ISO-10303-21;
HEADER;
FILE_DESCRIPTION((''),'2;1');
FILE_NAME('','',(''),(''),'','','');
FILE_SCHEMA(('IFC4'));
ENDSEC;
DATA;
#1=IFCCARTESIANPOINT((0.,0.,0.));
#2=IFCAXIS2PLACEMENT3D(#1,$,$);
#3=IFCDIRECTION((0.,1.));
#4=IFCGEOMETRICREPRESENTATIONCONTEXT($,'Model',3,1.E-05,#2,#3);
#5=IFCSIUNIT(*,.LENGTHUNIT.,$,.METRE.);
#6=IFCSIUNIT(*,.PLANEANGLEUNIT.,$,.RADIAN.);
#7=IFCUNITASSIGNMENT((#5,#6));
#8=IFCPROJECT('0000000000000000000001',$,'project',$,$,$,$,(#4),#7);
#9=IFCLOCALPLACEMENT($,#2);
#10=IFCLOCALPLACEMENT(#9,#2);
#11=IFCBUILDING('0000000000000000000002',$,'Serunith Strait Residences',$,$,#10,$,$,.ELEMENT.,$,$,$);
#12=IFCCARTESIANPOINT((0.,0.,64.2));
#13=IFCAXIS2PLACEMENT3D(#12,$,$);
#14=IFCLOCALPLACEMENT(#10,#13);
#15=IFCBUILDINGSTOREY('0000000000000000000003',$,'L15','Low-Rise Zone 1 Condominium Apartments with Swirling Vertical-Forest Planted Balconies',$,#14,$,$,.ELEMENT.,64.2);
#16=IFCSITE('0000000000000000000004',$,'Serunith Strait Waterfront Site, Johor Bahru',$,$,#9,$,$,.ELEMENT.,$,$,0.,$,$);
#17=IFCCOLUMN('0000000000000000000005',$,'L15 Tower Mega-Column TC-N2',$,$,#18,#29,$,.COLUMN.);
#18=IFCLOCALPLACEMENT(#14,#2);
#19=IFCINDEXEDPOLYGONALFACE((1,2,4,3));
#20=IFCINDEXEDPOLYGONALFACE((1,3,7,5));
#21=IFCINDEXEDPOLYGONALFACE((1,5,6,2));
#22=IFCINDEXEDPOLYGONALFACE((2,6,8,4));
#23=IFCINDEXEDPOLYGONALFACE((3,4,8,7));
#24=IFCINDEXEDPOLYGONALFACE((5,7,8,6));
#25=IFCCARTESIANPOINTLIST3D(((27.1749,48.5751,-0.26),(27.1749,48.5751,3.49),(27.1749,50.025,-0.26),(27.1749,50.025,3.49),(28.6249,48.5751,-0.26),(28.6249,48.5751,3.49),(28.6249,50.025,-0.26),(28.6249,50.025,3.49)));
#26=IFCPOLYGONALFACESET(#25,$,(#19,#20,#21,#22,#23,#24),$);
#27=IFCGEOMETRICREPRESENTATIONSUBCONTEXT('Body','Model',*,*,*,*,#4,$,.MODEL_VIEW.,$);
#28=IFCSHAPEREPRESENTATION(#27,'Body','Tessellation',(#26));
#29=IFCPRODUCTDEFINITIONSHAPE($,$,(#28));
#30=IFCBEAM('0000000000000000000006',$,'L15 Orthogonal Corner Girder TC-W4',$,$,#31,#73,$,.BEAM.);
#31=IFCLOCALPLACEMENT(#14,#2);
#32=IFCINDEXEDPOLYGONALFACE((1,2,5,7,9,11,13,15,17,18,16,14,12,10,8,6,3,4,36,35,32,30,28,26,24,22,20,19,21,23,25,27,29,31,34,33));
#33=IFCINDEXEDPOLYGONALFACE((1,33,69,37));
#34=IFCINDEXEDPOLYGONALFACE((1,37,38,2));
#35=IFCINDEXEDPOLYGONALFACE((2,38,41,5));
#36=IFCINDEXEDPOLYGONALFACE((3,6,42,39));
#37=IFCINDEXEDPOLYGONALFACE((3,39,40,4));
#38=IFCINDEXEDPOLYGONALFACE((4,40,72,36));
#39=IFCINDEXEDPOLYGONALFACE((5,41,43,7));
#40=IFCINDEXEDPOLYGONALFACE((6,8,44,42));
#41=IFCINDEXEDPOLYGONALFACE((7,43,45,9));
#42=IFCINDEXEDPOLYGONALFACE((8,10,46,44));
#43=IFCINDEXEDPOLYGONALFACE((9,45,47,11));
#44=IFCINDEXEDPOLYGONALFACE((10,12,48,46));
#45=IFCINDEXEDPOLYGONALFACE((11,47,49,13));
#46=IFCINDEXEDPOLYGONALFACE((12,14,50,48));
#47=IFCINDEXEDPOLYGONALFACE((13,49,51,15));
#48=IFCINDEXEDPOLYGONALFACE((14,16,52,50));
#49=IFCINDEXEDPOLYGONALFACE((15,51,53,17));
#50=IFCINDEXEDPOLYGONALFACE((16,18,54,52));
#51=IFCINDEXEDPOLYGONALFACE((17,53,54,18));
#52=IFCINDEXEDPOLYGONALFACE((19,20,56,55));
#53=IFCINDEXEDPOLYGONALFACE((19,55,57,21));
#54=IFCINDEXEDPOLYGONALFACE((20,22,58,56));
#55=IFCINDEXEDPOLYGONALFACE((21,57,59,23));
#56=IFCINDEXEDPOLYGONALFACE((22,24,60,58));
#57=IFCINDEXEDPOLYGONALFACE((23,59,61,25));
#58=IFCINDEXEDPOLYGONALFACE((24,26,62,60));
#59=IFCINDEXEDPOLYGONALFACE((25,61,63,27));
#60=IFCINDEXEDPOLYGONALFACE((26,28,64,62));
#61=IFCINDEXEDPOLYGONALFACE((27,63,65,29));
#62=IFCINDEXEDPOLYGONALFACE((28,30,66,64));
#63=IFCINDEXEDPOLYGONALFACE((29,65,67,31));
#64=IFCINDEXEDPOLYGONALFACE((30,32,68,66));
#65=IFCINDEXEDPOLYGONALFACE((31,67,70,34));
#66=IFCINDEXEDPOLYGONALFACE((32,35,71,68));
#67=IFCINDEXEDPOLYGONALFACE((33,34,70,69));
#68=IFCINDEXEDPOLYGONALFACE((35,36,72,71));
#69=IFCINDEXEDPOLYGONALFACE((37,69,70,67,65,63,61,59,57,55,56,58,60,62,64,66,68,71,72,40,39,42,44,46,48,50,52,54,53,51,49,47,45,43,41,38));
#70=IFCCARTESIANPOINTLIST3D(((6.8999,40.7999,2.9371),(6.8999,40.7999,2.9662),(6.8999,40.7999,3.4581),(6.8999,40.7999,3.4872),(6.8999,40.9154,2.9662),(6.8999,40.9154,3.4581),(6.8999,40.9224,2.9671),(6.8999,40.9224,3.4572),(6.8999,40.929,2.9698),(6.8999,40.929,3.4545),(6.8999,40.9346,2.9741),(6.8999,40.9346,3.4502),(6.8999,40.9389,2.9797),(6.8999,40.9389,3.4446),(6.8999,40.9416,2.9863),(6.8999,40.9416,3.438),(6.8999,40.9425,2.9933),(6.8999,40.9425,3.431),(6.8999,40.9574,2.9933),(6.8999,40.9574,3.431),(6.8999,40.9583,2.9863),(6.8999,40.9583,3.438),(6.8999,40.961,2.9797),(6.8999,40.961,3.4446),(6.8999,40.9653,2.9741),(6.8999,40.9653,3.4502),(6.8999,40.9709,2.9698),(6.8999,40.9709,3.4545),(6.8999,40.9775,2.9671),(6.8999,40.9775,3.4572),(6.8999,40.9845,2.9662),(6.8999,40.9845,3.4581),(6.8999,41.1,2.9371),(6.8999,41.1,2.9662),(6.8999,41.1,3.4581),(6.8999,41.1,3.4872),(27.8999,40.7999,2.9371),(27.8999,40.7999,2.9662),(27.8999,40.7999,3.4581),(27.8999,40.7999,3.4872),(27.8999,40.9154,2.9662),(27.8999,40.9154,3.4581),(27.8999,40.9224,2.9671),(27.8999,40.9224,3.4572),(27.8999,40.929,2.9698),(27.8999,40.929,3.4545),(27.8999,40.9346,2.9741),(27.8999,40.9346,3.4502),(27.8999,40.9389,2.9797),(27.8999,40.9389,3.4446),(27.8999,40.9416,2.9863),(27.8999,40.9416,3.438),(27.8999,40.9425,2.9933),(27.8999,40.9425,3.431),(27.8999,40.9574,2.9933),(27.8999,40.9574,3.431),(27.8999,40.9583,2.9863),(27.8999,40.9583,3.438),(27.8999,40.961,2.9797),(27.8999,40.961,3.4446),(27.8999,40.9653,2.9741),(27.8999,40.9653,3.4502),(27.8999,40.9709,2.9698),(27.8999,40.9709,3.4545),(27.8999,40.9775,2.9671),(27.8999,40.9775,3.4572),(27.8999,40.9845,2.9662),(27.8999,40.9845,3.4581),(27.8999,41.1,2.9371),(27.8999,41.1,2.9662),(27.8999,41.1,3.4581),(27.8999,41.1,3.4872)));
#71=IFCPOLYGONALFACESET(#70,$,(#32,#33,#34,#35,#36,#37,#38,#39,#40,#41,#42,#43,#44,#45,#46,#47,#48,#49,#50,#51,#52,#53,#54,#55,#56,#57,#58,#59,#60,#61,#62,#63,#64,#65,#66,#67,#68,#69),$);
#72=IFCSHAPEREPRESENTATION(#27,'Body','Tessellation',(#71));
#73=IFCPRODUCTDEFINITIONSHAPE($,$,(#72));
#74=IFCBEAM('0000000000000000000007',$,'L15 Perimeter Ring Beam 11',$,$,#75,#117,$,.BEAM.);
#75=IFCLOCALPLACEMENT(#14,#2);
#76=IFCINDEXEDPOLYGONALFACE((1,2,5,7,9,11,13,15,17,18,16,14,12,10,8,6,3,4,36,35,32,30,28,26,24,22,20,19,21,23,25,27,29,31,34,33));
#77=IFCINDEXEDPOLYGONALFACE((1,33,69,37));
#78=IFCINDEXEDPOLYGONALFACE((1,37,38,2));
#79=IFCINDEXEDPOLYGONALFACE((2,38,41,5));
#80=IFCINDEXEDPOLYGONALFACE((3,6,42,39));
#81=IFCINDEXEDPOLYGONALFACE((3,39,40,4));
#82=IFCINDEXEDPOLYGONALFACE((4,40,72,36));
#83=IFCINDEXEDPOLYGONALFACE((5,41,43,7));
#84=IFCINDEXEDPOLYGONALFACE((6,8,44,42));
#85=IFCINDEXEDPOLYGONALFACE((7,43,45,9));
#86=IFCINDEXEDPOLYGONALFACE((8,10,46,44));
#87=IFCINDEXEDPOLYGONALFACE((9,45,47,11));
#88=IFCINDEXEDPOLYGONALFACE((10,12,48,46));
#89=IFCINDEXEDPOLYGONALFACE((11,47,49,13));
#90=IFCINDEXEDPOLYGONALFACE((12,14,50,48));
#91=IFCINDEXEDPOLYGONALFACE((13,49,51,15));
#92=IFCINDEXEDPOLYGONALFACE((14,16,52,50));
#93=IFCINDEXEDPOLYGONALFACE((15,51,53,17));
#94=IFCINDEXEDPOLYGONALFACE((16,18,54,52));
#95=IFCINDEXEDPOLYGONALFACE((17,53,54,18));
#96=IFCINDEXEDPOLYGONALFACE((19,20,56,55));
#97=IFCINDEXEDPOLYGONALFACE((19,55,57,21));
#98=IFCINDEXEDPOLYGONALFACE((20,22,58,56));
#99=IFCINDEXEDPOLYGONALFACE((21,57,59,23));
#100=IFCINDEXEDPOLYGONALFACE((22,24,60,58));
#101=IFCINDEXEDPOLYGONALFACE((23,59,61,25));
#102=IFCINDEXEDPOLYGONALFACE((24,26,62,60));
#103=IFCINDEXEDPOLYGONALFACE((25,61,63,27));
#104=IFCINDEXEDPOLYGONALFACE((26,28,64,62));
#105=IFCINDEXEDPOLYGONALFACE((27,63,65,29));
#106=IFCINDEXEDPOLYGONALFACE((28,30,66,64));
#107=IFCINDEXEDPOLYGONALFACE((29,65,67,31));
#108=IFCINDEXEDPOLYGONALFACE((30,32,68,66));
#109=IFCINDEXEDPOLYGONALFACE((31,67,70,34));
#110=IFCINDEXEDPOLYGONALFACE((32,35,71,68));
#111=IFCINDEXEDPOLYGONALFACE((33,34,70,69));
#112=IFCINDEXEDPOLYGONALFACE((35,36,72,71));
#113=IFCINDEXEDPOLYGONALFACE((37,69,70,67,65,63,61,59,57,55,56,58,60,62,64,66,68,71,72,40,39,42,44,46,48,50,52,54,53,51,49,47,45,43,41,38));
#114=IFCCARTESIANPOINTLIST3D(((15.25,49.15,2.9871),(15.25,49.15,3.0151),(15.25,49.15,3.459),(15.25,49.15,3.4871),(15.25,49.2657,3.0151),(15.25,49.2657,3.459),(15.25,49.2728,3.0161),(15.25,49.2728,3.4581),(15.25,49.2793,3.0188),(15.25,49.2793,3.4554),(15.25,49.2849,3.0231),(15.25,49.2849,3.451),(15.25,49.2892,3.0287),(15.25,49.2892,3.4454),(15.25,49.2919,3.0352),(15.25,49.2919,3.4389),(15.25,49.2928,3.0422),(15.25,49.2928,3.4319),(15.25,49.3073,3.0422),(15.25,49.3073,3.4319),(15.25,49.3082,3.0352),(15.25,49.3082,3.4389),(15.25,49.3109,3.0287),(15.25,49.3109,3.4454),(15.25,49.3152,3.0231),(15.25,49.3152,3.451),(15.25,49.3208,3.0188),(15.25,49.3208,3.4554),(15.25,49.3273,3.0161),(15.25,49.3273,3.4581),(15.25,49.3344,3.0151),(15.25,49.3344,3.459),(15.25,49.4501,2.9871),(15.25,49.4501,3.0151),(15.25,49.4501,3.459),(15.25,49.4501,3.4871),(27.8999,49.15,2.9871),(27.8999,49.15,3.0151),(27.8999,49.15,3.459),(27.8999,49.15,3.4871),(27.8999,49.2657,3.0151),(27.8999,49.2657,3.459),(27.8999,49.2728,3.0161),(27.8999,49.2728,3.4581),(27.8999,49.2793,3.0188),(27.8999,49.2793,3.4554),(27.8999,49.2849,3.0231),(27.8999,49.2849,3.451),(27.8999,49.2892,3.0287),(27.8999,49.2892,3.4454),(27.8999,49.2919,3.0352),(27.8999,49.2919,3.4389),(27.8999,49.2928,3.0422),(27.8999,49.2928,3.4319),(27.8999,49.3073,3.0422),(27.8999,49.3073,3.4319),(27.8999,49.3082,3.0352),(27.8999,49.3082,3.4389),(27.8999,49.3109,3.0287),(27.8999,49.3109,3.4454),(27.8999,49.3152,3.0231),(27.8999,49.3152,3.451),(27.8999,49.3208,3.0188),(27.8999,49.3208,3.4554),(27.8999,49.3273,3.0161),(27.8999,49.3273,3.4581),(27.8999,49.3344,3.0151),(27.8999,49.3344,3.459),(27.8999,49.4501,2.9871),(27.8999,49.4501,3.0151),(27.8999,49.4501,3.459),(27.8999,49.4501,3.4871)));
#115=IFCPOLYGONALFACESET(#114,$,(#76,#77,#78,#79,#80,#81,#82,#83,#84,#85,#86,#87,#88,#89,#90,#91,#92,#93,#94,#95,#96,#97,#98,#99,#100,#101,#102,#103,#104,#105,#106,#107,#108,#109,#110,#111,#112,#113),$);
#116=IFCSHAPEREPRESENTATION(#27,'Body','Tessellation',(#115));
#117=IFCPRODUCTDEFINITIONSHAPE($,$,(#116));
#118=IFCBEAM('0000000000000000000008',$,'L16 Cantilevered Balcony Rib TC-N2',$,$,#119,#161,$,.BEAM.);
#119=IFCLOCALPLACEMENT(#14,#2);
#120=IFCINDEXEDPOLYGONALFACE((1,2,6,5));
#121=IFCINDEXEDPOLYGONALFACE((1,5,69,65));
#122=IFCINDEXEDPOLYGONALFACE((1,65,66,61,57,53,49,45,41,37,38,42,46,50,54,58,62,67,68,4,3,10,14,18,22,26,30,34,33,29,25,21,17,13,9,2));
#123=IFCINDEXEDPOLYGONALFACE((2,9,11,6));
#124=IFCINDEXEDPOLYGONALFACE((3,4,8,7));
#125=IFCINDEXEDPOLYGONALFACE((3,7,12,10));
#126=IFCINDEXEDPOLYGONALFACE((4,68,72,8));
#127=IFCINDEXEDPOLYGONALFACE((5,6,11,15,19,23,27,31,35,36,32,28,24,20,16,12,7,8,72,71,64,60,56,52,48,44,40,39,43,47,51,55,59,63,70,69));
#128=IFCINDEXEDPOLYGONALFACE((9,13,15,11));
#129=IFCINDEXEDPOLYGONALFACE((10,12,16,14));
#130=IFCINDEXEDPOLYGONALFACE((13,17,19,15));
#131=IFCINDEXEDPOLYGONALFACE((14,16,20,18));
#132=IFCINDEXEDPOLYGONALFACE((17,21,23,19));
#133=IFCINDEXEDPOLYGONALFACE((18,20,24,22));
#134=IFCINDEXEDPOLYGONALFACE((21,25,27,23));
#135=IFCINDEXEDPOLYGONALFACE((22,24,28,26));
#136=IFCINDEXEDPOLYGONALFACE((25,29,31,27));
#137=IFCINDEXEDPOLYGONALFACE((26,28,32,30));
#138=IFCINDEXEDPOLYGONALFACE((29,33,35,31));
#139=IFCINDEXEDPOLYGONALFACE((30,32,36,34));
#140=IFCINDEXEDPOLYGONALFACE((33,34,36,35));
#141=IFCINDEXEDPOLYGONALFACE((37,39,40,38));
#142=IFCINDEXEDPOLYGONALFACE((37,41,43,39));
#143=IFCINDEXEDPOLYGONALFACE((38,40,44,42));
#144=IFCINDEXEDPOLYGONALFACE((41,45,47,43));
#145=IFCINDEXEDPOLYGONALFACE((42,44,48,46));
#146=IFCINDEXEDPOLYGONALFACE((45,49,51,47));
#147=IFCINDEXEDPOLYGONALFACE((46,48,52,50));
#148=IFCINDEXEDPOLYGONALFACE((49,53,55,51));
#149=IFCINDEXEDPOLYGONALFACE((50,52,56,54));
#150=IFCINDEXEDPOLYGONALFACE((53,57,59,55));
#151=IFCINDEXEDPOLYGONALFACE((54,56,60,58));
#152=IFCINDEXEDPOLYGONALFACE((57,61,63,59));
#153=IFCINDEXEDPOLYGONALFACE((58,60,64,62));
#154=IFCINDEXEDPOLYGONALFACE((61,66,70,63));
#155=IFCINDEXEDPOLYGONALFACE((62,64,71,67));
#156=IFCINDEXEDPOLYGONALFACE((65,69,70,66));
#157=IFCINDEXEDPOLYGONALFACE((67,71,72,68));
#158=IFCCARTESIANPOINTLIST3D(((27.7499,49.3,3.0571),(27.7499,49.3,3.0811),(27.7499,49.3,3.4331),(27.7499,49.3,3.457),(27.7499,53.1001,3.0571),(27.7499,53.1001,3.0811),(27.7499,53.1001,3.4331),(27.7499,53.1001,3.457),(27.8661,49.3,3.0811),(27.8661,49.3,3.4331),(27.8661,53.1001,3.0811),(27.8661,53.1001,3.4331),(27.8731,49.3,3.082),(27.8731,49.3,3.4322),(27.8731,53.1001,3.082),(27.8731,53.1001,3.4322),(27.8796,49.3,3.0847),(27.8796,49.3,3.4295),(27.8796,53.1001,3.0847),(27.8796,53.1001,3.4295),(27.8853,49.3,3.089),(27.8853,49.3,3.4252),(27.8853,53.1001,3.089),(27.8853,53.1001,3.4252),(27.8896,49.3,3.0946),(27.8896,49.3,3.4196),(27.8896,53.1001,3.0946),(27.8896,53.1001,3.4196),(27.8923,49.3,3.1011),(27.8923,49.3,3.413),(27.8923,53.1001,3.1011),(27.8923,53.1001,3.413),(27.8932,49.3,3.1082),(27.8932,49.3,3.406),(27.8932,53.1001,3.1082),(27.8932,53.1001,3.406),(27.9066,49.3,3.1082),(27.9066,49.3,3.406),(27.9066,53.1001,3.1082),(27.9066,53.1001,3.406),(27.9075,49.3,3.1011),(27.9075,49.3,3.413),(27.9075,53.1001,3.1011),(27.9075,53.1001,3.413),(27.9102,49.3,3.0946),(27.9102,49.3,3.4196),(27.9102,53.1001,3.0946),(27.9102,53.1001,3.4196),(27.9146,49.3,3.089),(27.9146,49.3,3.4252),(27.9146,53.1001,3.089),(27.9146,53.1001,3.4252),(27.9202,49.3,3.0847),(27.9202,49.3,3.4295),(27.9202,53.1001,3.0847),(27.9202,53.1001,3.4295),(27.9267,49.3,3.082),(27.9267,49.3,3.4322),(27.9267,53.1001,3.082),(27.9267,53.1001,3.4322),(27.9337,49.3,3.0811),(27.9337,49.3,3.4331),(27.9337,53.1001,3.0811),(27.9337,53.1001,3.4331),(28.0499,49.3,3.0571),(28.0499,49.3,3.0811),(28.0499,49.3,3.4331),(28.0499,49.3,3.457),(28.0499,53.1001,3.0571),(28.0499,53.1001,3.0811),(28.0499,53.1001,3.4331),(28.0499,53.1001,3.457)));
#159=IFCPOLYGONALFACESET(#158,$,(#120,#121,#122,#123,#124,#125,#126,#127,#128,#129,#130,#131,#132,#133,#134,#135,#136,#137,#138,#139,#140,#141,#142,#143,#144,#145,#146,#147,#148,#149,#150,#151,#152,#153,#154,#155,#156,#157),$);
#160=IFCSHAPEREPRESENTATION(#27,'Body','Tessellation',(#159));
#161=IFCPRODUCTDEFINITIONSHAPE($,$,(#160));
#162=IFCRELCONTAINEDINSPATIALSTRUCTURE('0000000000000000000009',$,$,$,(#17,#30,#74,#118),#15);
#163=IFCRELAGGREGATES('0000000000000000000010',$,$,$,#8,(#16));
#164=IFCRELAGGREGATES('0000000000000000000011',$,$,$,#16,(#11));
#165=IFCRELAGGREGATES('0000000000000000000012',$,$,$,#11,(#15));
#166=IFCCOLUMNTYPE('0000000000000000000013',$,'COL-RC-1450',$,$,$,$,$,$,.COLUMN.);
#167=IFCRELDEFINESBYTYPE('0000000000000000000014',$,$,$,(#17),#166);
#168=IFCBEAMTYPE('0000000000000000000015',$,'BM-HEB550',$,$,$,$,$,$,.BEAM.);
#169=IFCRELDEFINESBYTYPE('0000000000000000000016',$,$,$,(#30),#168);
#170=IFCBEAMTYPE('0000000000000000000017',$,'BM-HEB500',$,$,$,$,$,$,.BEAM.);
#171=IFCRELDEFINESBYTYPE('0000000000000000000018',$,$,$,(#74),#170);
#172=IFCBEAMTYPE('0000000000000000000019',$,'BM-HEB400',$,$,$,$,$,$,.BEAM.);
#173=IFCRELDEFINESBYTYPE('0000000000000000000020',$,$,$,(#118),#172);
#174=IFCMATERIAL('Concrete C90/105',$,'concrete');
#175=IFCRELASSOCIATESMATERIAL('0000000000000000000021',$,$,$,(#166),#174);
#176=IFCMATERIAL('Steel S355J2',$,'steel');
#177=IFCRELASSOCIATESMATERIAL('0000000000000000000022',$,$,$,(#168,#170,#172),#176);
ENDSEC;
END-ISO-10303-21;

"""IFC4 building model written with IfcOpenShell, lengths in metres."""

from ifc_helpers import new_model, si_unit, direction, frame, origin, origin_2d, place, context, subcontext, project, spatial, rectangle, i_section, extrude, source, transform, mapped, material, material_profile, profile_set, type_object, element, save


model = new_model("IFC4")

# Units and contexts
model_context = context("Model", 3, precision=1e-05, world=origin(), true_north=direction((0.0, 1.0)))
body_context = subcontext(model_context, "Body", "Model", "MODEL_VIEW")
ifc_project = project(units=[si_unit("LENGTHUNIT", "METRE"), si_unit("PLANEANGLEUNIT", "RADIAN")], contexts=[model_context])

# Site, building, storey
site_placement = place(None, origin())
site = spatial("IfcSite", under=ifc_project, at=site_placement, Name="Serunith Strait Waterfront Site, Johor Bahru", CompositionType="ELEMENT", RefElevation=0.0)
building_placement = place(site_placement, origin())
building = spatial("IfcBuilding", under=site, at=building_placement, Name="Serunith Strait Residences", CompositionType="ELEMENT")
storey_placement = place(building_placement, frame((0.0, 0.0, 64.2)))
storey = spatial("IfcBuildingStorey", under=building, at=storey_placement, Name="L15", Description="Low-Rise Zone 1 Condominium Apartments with Swirling Vertical-Forest Planted Balconies", CompositionType="ELEMENT", Elevation=64.2)

# Column
ifc_material_1 = material(Name="Concrete C90/105", Category="concrete")
ifc_material_profile_1 = material_profile(ifc_material_1, rectangle(XDim=1.45, YDim=1.45, at=origin_2d()), Name="RC 1450x1450")
ifc_profile_set_1 = profile_set([ifc_material_profile_1], Name="Concrete C90/105")
column_type = type_object("IfcColumnType", Name="COL-RC-1450", PredefinedType="COLUMN", material=ifc_profile_set_1)
shared_shape_1 = source(origin(), body_context, "Body", "SweptSolid", [
    extrude(rectangle(XDim=1.45, YDim=1.45, at=origin_2d()), origin(), (0.0, 0.0, 1.0), 3.75),
])
column_placement = place(storey_placement, frame((27.8999, 49.3, -0.26), z_axis=(0.0, 0.0, 1.0), x_axis=(1.0, 0.0, 0.0)))
element("IfcColumn", 1, at=column_placement, inside=storey, type_object=column_type, Name="L15 Tower Mega-Column TC-N2", PredefinedType="COLUMN", context=body_context, shape_type="MappedRepresentation", body=[
    mapped(shared_shape_1, transform((0.0, 0.0, 0.0), scale=1.0)),
])

# Beams
ifc_material_2 = material(Name="Steel S355J2", Category="steel")
ifc_material_profile_2 = material_profile(ifc_material_2, i_section(OverallWidth=0.3, OverallDepth=0.55, WebThickness=0.0149, FlangeThickness=0.0291, FilletRadius=0.0271, at=origin_2d()), Name="HEB 550")
ifc_profile_set_2 = profile_set([ifc_material_profile_2], Name="Steel S355J2")
beam_type_1 = type_object("IfcBeamType", Name="BM-HEB550", PredefinedType="BEAM", material=ifc_profile_set_2)
shared_shape_2 = source(origin(), body_context, "Body", "SweptSolid", [
    extrude(i_section(OverallWidth=0.3, OverallDepth=0.55, WebThickness=0.0149, FlangeThickness=0.0291, FilletRadius=0.0271, at=origin_2d()), origin(), (0.0, 0.0, 1.0), 21.0),
])
beam_1_placement = place(storey_placement, frame((27.8999, 40.95, 3.2122), z_axis=(-1.0, 0.0, 0.0), x_axis=(0.0, -1.0, 0.0)))
element("IfcBeam", 2, at=beam_1_placement, inside=storey, type_object=beam_type_1, Name="L15 Orthogonal Corner Girder TC-W4", PredefinedType="BEAM", context=body_context, shape_type="MappedRepresentation", body=[
    mapped(shared_shape_2, transform((0.0, 0.0, 0.0), scale=1.0)),
])
ifc_material_profile_3 = material_profile(ifc_material_2, i_section(OverallWidth=0.3, OverallDepth=0.5, WebThickness=0.0144, FlangeThickness=0.0281, FilletRadius=0.0271, at=origin_2d()), Name="HEB 500")
ifc_profile_set_3 = profile_set([ifc_material_profile_3], Name="Steel S355J2")
beam_type_2 = type_object("IfcBeamType", Name="BM-HEB500", PredefinedType="BEAM", material=ifc_profile_set_3)
shared_shape_3 = source(origin(), body_context, "Body", "SweptSolid", [
    extrude(i_section(OverallWidth=0.3, OverallDepth=0.5, WebThickness=0.0144, FlangeThickness=0.0281, FilletRadius=0.0271, at=origin_2d()), origin(), (0.0, 0.0, 1.0), 12.6499),
])
beam_2_placement = place(storey_placement, frame((27.8999, 49.3, 3.2371), z_axis=(-1.0, 0.0, 0.0), x_axis=(0.0, -1.0, 0.0)))
element("IfcBeam", 3, at=beam_2_placement, inside=storey, type_object=beam_type_2, Name="L15 Perimeter Ring Beam 11", PredefinedType="BEAM", context=body_context, shape_type="MappedRepresentation", body=[
    mapped(shared_shape_3, transform((0.0, 0.0, 0.0), scale=1.0)),
])
ifc_material_profile_4 = material_profile(ifc_material_2, i_section(OverallWidth=0.3, OverallDepth=0.3999, WebThickness=0.0134, FlangeThickness=0.0239, FilletRadius=0.0271, at=origin_2d()), Name="HEB 400")
ifc_profile_set_4 = profile_set([ifc_material_profile_4], Name="Steel S355J2")
beam_type_3 = type_object("IfcBeamType", Name="BM-HEB400", PredefinedType="BEAM", material=ifc_profile_set_4)
shared_shape_4 = source(origin(), body_context, "Body", "SweptSolid", [
    extrude(i_section(OverallWidth=0.3, OverallDepth=0.3999, WebThickness=0.0134, FlangeThickness=0.0239, FilletRadius=0.0271, at=origin_2d()), origin(), (0.0, 0.0, 1.0), 3.8),
])
beam_3_placement = place(storey_placement, frame((27.8999, 49.3, 3.2571), z_axis=(0.0, 1.0, 0.0), x_axis=(-1.0, 0.0, 0.0)))
element("IfcBeam", 4, at=beam_3_placement, inside=storey, type_object=beam_type_3, Name="L16 Cantilevered Balcony Rib TC-N2", PredefinedType="BEAM", context=body_context, shape_type="MappedRepresentation", body=[
    mapped(shared_shape_4, transform((0.0, 0.0, 0.0), scale=1.0)),
])

save(model, "model.ifc")
